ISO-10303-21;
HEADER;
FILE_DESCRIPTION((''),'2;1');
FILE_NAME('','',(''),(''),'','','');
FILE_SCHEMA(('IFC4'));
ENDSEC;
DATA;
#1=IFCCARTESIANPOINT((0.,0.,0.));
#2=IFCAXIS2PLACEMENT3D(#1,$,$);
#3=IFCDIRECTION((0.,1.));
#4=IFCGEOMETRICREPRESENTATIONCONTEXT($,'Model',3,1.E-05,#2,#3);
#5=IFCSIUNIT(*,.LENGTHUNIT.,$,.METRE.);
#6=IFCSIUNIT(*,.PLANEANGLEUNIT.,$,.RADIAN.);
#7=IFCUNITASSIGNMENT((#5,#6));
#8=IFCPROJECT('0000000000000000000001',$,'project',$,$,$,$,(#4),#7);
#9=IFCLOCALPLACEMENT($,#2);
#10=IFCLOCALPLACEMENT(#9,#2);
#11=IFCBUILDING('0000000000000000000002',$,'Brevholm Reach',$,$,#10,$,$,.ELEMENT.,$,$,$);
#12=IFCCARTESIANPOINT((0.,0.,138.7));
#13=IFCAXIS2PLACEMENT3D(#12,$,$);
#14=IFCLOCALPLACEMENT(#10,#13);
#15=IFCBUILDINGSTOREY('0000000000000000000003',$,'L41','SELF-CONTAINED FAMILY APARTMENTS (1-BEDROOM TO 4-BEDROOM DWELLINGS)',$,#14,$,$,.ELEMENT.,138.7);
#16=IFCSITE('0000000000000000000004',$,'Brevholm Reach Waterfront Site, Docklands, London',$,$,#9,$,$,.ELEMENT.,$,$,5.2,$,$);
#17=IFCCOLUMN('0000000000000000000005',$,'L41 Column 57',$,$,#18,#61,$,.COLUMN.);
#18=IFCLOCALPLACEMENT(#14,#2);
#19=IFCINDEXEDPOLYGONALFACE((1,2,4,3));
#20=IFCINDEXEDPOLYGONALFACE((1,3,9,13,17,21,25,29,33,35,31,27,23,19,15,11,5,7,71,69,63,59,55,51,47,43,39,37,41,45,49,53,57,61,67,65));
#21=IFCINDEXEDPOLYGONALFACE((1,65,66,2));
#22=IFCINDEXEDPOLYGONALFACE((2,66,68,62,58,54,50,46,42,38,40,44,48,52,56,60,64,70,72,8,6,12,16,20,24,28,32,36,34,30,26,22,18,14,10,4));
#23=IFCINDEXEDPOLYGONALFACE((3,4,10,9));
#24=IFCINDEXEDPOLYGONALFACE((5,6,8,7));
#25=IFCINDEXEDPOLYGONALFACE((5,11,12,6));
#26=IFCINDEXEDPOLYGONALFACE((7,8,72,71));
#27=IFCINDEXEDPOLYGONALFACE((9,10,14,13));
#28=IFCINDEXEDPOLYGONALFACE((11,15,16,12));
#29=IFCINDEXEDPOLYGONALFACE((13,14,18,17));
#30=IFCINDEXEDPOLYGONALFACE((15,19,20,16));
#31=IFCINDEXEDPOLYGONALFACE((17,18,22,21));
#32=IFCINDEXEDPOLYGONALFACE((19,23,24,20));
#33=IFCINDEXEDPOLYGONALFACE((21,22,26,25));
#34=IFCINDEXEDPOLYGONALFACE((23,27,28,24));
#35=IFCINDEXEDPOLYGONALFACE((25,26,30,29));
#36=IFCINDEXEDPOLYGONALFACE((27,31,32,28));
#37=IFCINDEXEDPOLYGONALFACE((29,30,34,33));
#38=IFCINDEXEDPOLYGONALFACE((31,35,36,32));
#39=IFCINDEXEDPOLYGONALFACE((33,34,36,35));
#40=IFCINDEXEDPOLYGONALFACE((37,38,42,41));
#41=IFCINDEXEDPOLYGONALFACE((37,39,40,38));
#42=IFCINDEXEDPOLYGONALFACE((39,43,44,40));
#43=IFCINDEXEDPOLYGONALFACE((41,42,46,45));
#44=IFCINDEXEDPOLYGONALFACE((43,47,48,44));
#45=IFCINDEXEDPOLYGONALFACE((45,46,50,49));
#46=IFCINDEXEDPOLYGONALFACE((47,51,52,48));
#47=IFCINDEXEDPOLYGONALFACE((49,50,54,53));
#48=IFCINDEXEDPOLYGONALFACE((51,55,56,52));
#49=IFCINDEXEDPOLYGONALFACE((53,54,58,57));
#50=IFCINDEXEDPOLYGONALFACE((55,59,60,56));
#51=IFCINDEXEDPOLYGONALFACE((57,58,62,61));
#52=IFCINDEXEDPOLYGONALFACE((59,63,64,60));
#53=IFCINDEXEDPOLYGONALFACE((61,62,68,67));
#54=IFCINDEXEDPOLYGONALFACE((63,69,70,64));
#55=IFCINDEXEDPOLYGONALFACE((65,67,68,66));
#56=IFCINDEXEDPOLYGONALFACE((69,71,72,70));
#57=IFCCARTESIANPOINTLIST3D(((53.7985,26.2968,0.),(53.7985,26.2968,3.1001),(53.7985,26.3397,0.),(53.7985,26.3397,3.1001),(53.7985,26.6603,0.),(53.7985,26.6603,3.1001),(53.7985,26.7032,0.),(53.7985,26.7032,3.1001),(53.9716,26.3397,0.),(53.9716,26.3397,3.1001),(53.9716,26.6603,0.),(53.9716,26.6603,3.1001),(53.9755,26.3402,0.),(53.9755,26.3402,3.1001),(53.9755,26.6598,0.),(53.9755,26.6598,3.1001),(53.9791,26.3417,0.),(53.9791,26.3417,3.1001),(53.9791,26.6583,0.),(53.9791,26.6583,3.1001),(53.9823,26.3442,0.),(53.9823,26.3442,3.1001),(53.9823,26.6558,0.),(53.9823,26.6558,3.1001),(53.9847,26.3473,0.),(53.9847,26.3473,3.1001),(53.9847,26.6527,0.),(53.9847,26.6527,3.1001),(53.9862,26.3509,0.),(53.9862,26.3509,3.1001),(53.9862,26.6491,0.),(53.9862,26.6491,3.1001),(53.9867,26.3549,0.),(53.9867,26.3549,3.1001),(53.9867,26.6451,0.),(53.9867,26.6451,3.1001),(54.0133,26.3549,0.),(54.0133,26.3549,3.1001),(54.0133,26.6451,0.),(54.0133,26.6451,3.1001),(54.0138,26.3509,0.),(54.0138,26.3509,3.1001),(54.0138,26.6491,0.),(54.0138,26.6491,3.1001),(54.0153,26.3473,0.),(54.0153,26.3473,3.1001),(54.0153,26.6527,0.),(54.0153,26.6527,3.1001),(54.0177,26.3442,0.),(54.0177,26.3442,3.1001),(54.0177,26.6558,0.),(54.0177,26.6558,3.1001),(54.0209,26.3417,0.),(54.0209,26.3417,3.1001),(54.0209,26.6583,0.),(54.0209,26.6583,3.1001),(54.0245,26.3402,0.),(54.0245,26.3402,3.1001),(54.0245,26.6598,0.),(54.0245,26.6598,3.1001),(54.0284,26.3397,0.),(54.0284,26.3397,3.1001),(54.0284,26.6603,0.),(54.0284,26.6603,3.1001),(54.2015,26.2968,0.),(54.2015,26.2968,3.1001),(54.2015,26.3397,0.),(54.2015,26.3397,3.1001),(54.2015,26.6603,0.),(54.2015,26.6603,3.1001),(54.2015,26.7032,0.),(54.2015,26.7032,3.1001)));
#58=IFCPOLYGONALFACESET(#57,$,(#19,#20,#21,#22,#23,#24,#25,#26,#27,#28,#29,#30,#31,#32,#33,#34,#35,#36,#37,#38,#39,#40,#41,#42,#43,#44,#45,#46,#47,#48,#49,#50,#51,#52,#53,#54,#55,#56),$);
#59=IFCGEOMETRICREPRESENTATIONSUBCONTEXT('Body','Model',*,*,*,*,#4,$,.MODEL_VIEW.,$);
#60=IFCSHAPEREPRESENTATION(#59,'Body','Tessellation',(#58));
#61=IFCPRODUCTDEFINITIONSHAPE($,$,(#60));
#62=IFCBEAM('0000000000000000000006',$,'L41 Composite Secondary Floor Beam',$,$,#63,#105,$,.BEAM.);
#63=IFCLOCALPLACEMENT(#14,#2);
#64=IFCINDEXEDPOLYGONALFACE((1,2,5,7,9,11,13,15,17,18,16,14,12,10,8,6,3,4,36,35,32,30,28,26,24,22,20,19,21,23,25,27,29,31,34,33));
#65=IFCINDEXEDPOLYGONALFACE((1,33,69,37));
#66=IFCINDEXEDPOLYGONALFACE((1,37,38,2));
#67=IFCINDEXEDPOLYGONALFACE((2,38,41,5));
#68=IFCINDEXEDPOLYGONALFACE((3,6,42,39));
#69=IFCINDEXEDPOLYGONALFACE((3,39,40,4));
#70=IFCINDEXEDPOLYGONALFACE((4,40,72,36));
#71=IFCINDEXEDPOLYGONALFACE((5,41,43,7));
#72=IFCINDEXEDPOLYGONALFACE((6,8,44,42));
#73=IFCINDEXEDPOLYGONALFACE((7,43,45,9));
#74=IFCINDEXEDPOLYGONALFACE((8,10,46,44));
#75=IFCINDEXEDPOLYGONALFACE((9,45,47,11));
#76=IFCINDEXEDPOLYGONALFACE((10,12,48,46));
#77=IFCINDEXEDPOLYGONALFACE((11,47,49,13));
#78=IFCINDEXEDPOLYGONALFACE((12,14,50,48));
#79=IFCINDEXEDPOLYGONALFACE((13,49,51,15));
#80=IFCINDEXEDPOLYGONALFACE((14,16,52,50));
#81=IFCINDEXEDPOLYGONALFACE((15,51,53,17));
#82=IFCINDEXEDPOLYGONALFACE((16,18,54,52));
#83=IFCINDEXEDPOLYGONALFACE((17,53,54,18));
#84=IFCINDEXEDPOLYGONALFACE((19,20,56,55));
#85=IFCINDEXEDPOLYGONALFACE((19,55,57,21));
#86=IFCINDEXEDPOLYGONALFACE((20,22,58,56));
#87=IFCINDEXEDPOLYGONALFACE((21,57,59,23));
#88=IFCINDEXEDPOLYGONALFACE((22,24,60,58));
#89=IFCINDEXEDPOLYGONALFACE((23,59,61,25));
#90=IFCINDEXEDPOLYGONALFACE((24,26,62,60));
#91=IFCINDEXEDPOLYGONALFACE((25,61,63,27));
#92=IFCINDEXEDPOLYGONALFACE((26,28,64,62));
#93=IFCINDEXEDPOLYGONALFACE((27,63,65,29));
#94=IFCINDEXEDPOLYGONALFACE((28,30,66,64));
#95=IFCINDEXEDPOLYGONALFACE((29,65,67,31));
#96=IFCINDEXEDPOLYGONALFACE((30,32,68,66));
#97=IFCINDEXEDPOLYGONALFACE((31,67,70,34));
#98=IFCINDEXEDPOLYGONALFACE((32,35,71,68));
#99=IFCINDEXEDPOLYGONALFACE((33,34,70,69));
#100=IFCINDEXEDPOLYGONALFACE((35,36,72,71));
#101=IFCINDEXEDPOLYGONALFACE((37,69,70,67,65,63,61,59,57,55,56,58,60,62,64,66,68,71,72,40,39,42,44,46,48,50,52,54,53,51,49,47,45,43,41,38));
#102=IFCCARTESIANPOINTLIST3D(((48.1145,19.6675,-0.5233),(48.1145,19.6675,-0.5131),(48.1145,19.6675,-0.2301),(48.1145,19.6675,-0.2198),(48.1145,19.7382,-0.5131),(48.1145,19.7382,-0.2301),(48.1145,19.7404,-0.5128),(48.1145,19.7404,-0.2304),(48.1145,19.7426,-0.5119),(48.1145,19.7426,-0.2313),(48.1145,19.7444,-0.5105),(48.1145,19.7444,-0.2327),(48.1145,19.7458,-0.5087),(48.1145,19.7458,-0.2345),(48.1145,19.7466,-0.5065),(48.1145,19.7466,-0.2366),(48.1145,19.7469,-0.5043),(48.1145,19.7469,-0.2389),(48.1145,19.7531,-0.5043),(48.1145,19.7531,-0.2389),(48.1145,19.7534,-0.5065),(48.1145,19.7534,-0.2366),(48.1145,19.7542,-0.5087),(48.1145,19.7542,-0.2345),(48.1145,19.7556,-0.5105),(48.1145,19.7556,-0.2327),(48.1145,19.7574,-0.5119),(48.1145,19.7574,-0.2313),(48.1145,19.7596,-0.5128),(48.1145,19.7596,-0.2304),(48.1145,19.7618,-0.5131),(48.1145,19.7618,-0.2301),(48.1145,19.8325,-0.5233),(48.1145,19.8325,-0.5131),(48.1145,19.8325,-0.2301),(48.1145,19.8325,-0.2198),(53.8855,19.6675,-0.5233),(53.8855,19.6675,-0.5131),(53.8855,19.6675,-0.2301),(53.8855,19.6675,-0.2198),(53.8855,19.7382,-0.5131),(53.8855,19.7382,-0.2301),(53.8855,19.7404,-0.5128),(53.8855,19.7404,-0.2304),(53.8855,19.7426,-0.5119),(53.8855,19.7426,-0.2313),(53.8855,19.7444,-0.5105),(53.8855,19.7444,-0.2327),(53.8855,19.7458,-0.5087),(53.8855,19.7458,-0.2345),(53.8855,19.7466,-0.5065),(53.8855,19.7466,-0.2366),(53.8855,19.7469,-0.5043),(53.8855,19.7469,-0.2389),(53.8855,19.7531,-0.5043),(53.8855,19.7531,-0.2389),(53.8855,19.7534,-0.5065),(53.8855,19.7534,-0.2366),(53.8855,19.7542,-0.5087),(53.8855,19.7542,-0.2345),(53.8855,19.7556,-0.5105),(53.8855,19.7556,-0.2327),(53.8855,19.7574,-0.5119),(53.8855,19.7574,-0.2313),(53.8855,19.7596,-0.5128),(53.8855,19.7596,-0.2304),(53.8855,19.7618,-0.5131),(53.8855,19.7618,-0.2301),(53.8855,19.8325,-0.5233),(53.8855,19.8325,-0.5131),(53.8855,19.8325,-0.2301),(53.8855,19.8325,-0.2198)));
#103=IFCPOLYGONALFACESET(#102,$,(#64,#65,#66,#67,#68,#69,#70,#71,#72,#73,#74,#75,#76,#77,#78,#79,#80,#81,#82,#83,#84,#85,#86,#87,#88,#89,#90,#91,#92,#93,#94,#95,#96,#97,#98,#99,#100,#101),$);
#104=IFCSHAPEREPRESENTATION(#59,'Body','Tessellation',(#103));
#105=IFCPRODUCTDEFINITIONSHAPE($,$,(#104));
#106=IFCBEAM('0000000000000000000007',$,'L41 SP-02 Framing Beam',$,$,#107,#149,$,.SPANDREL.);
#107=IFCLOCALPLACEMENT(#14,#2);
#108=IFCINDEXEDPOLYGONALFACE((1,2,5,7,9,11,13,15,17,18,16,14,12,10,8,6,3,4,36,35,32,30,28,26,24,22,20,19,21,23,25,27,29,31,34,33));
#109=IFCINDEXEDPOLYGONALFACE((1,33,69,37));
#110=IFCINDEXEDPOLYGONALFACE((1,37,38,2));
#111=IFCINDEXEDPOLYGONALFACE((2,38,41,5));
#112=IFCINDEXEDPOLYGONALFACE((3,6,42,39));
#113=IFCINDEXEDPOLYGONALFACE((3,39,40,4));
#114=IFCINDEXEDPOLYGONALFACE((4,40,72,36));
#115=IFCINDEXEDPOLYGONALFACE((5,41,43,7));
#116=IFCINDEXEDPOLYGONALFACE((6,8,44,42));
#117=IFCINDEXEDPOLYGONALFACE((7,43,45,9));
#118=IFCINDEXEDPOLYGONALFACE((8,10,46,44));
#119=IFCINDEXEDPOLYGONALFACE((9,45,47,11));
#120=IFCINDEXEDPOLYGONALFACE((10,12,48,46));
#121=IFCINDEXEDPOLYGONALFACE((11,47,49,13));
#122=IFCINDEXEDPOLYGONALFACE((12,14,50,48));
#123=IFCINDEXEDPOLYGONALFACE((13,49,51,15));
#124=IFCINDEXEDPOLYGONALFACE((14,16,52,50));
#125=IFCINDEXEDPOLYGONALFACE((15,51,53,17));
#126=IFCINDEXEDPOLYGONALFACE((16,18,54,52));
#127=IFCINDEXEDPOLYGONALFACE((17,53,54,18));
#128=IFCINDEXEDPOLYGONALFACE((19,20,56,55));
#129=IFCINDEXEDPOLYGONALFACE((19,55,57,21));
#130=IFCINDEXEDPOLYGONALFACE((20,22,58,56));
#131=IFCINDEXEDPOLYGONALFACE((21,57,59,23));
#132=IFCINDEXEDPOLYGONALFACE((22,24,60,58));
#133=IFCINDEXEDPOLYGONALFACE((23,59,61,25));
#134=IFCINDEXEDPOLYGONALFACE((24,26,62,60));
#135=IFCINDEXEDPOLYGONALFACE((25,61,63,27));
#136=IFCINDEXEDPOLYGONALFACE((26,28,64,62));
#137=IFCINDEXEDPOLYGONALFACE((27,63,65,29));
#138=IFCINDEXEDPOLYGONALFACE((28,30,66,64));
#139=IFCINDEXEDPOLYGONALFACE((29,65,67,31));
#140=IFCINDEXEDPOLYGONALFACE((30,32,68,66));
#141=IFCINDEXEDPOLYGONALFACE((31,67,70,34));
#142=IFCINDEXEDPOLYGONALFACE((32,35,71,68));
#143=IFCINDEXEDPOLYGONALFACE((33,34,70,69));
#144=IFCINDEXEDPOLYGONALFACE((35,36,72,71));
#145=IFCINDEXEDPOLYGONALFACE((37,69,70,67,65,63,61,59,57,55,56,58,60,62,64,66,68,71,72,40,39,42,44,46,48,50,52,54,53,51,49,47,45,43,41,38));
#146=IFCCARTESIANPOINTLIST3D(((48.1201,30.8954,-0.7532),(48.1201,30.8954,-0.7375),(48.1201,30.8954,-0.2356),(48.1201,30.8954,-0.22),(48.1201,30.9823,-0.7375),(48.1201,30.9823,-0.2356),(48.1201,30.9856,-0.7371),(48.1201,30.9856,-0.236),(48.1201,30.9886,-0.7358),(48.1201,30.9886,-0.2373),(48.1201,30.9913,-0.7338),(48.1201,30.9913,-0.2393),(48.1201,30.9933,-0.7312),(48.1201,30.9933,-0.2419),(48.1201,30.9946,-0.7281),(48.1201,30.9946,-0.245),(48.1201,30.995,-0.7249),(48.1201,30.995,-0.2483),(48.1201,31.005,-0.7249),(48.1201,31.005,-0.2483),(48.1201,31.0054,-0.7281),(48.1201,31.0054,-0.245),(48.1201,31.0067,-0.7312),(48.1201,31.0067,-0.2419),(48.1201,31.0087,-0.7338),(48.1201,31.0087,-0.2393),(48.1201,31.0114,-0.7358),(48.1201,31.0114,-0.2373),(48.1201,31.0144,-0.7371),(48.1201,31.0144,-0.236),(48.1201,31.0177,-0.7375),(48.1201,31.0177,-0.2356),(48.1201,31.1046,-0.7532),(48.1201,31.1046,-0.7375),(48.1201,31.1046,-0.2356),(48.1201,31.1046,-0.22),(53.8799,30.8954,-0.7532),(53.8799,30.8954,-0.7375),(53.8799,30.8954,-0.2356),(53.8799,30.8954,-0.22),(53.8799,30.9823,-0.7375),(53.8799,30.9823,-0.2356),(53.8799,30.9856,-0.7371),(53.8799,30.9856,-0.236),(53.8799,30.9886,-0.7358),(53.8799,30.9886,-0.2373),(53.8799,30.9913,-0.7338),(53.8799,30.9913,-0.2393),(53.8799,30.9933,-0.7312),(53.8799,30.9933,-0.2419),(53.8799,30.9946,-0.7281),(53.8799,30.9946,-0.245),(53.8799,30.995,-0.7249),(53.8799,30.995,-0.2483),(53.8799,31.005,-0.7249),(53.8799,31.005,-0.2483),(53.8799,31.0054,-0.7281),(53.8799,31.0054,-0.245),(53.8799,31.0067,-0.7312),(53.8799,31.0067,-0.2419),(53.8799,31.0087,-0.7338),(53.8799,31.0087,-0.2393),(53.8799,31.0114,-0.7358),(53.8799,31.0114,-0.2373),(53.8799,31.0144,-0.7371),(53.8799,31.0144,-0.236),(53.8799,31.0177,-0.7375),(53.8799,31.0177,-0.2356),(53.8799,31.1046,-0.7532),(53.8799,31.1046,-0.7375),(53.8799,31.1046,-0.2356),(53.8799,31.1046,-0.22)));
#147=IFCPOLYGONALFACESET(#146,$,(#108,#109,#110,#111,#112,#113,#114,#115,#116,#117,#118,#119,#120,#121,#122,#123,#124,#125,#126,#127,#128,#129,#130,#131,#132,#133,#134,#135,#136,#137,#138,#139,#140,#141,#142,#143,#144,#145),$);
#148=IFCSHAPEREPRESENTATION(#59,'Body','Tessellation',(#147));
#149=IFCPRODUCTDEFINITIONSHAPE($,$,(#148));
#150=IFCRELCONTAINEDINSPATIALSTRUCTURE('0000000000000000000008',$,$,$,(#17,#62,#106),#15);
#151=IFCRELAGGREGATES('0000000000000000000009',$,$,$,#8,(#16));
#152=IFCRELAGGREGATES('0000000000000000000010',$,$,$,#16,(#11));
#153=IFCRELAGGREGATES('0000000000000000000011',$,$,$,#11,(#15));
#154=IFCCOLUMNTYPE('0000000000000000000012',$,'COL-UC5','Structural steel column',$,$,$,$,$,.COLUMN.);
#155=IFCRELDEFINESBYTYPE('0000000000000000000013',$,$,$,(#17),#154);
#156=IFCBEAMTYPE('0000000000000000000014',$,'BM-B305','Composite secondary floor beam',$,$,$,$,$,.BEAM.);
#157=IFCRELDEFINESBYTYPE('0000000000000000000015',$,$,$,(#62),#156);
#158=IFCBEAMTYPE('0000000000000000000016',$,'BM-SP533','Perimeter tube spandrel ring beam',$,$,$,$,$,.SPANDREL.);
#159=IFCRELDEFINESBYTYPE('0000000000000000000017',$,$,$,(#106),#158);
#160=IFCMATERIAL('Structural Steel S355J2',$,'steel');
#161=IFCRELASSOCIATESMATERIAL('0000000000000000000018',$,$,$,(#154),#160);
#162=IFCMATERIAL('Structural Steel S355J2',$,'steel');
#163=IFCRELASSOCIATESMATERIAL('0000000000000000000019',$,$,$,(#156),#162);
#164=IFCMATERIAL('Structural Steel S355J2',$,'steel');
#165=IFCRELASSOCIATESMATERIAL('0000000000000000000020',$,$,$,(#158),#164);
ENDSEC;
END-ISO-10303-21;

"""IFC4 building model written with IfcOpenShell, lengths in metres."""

from ifc_helpers import new_model, si_unit, direction, frame, origin, origin_2d, place, context, subcontext, project, spatial, i_section, extrude, material, material_profile, profile_set, type_object, element, save


model = new_model("IFC4")

# Units and contexts
model_context = context("Model", 3, precision=1e-05, world=origin(), true_north=direction((0.0, 1.0)))
body_context = subcontext(model_context, "Body", "Model", "MODEL_VIEW")
ifc_project = project(units=[si_unit("LENGTHUNIT", "METRE"), si_unit("PLANEANGLEUNIT", "RADIAN")], contexts=[model_context])

# Site, building, storey
site_placement = place(None, origin())
site = spatial("IfcSite", under=ifc_project, at=site_placement, Name="Brevholm Reach Waterfront Site, Docklands, London", CompositionType="ELEMENT", RefElevation=5.2)
building_placement = place(site_placement, origin())
building = spatial("IfcBuilding", under=site, at=building_placement, Name="Brevholm Reach", CompositionType="ELEMENT")
storey_placement = place(building_placement, frame((0.0, 0.0, 138.7)))
storey = spatial("IfcBuildingStorey", under=building, at=storey_placement, Name="L41", Description="SELF-CONTAINED FAMILY APARTMENTS (1-BEDROOM TO 4-BEDROOM DWELLINGS)", CompositionType="ELEMENT", Elevation=138.7)

# Column
ifc_material_1 = material(Name="Structural Steel S355J2", Category="steel")
ifc_material_profile_1 = material_profile(ifc_material_1, i_section(OverallWidth=0.4031, OverallDepth=0.4065, WebThickness=0.0266, FlangeThickness=0.043, FilletRadius=0.0151, at=origin_2d()), Name="UKC 356x406x340")
ifc_profile_set_1 = profile_set([ifc_material_profile_1], Name="Structural Steel S355J2")
column_type_1 = type_object("IfcColumnType", Name="COL-UC5", Description="Structural steel column", PredefinedType="COLUMN", material=ifc_profile_set_1)
for number, where, z_axis, x_axis, name in (
    (1, (54.0, 26.5, 0.0), (0.0, 0.0, 1.0), (1.0, 0.0, 0.0), "L41 Column 57"),
):
    element("IfcColumn", number, at=place(storey_placement, frame(where, z_axis=z_axis, x_axis=x_axis)), inside=storey, type_object=column_type_1, Name=name, PredefinedType="COLUMN", context=body_context, shape_type="SweptSolid", body=[
        extrude(i_section(OverallWidth=0.4031, OverallDepth=0.4065, WebThickness=0.0266, FlangeThickness=0.043, FilletRadius=0.0151, at=origin_2d()), origin(), (0.0, 0.0, 1.0), 3.1001),
    ])

# Beams
ifc_material_2 = material(Name="Structural Steel S355J2", Category="steel")
ifc_material_profile_2 = material_profile(ifc_material_2, i_section(OverallWidth=0.165, OverallDepth=0.3035, WebThickness=0.0061, FlangeThickness=0.0103, FilletRadius=0.0088, at=origin_2d()), Name="UKB 305x165x40")
ifc_profile_set_2 = profile_set([ifc_material_profile_2], Name="Structural Steel S355J2")
beam_type_1 = type_object("IfcBeamType", Name="BM-B305", Description="Composite secondary floor beam", PredefinedType="BEAM", material=ifc_profile_set_2)
beam_1_placement = place(storey_placement, frame((48.1145, 19.75, -0.3716), z_axis=(1.0, 0.0, 0.0), x_axis=(0.0, 1.0, 0.0)))
element("IfcBeam", 2, at=beam_1_placement, inside=storey, type_object=beam_type_1, Name="L41 Composite Secondary Floor Beam", PredefinedType="BEAM", context=body_context, shape_type="SweptSolid", body=[
    extrude(i_section(OverallWidth=0.165, OverallDepth=0.3035, WebThickness=0.0061, FlangeThickness=0.0103, FilletRadius=0.0088, at=origin_2d()), origin(), (0.0, 0.0, 1.0), 5.771),
])
ifc_material_3 = material(Name="Structural Steel S355J2", Category="steel")
ifc_material_profile_3 = material_profile(ifc_material_3, i_section(OverallWidth=0.2092, OverallDepth=0.5332, WebThickness=0.01, FlangeThickness=0.0156, FilletRadius=0.0127, at=origin_2d()), Name="UKB 533x210x92")
ifc_profile_set_3 = profile_set([ifc_material_profile_3], Name="Structural Steel S355J2")
beam_type_2 = type_object("IfcBeamType", Name="BM-SP533", Description="Perimeter tube spandrel ring beam", PredefinedType="SPANDREL", material=ifc_profile_set_3)
beam_2_placement = place(storey_placement, frame((48.1201, 31.0, -0.4866), z_axis=(1.0, 0.0, 0.0), x_axis=(0.0, 1.0, 0.0)))
element("IfcBeam", 3, at=beam_2_placement, inside=storey, type_object=beam_type_2, Name="L41 SP-02 Framing Beam", PredefinedType="SPANDREL", context=body_context, shape_type="SweptSolid", body=[
    extrude(i_section(OverallWidth=0.2092, OverallDepth=0.5332, WebThickness=0.01, FlangeThickness=0.0156, FilletRadius=0.0127, at=origin_2d()), origin(), (0.0, 0.0, 1.0), 5.7598),
])

save(model, "model.ifc")
